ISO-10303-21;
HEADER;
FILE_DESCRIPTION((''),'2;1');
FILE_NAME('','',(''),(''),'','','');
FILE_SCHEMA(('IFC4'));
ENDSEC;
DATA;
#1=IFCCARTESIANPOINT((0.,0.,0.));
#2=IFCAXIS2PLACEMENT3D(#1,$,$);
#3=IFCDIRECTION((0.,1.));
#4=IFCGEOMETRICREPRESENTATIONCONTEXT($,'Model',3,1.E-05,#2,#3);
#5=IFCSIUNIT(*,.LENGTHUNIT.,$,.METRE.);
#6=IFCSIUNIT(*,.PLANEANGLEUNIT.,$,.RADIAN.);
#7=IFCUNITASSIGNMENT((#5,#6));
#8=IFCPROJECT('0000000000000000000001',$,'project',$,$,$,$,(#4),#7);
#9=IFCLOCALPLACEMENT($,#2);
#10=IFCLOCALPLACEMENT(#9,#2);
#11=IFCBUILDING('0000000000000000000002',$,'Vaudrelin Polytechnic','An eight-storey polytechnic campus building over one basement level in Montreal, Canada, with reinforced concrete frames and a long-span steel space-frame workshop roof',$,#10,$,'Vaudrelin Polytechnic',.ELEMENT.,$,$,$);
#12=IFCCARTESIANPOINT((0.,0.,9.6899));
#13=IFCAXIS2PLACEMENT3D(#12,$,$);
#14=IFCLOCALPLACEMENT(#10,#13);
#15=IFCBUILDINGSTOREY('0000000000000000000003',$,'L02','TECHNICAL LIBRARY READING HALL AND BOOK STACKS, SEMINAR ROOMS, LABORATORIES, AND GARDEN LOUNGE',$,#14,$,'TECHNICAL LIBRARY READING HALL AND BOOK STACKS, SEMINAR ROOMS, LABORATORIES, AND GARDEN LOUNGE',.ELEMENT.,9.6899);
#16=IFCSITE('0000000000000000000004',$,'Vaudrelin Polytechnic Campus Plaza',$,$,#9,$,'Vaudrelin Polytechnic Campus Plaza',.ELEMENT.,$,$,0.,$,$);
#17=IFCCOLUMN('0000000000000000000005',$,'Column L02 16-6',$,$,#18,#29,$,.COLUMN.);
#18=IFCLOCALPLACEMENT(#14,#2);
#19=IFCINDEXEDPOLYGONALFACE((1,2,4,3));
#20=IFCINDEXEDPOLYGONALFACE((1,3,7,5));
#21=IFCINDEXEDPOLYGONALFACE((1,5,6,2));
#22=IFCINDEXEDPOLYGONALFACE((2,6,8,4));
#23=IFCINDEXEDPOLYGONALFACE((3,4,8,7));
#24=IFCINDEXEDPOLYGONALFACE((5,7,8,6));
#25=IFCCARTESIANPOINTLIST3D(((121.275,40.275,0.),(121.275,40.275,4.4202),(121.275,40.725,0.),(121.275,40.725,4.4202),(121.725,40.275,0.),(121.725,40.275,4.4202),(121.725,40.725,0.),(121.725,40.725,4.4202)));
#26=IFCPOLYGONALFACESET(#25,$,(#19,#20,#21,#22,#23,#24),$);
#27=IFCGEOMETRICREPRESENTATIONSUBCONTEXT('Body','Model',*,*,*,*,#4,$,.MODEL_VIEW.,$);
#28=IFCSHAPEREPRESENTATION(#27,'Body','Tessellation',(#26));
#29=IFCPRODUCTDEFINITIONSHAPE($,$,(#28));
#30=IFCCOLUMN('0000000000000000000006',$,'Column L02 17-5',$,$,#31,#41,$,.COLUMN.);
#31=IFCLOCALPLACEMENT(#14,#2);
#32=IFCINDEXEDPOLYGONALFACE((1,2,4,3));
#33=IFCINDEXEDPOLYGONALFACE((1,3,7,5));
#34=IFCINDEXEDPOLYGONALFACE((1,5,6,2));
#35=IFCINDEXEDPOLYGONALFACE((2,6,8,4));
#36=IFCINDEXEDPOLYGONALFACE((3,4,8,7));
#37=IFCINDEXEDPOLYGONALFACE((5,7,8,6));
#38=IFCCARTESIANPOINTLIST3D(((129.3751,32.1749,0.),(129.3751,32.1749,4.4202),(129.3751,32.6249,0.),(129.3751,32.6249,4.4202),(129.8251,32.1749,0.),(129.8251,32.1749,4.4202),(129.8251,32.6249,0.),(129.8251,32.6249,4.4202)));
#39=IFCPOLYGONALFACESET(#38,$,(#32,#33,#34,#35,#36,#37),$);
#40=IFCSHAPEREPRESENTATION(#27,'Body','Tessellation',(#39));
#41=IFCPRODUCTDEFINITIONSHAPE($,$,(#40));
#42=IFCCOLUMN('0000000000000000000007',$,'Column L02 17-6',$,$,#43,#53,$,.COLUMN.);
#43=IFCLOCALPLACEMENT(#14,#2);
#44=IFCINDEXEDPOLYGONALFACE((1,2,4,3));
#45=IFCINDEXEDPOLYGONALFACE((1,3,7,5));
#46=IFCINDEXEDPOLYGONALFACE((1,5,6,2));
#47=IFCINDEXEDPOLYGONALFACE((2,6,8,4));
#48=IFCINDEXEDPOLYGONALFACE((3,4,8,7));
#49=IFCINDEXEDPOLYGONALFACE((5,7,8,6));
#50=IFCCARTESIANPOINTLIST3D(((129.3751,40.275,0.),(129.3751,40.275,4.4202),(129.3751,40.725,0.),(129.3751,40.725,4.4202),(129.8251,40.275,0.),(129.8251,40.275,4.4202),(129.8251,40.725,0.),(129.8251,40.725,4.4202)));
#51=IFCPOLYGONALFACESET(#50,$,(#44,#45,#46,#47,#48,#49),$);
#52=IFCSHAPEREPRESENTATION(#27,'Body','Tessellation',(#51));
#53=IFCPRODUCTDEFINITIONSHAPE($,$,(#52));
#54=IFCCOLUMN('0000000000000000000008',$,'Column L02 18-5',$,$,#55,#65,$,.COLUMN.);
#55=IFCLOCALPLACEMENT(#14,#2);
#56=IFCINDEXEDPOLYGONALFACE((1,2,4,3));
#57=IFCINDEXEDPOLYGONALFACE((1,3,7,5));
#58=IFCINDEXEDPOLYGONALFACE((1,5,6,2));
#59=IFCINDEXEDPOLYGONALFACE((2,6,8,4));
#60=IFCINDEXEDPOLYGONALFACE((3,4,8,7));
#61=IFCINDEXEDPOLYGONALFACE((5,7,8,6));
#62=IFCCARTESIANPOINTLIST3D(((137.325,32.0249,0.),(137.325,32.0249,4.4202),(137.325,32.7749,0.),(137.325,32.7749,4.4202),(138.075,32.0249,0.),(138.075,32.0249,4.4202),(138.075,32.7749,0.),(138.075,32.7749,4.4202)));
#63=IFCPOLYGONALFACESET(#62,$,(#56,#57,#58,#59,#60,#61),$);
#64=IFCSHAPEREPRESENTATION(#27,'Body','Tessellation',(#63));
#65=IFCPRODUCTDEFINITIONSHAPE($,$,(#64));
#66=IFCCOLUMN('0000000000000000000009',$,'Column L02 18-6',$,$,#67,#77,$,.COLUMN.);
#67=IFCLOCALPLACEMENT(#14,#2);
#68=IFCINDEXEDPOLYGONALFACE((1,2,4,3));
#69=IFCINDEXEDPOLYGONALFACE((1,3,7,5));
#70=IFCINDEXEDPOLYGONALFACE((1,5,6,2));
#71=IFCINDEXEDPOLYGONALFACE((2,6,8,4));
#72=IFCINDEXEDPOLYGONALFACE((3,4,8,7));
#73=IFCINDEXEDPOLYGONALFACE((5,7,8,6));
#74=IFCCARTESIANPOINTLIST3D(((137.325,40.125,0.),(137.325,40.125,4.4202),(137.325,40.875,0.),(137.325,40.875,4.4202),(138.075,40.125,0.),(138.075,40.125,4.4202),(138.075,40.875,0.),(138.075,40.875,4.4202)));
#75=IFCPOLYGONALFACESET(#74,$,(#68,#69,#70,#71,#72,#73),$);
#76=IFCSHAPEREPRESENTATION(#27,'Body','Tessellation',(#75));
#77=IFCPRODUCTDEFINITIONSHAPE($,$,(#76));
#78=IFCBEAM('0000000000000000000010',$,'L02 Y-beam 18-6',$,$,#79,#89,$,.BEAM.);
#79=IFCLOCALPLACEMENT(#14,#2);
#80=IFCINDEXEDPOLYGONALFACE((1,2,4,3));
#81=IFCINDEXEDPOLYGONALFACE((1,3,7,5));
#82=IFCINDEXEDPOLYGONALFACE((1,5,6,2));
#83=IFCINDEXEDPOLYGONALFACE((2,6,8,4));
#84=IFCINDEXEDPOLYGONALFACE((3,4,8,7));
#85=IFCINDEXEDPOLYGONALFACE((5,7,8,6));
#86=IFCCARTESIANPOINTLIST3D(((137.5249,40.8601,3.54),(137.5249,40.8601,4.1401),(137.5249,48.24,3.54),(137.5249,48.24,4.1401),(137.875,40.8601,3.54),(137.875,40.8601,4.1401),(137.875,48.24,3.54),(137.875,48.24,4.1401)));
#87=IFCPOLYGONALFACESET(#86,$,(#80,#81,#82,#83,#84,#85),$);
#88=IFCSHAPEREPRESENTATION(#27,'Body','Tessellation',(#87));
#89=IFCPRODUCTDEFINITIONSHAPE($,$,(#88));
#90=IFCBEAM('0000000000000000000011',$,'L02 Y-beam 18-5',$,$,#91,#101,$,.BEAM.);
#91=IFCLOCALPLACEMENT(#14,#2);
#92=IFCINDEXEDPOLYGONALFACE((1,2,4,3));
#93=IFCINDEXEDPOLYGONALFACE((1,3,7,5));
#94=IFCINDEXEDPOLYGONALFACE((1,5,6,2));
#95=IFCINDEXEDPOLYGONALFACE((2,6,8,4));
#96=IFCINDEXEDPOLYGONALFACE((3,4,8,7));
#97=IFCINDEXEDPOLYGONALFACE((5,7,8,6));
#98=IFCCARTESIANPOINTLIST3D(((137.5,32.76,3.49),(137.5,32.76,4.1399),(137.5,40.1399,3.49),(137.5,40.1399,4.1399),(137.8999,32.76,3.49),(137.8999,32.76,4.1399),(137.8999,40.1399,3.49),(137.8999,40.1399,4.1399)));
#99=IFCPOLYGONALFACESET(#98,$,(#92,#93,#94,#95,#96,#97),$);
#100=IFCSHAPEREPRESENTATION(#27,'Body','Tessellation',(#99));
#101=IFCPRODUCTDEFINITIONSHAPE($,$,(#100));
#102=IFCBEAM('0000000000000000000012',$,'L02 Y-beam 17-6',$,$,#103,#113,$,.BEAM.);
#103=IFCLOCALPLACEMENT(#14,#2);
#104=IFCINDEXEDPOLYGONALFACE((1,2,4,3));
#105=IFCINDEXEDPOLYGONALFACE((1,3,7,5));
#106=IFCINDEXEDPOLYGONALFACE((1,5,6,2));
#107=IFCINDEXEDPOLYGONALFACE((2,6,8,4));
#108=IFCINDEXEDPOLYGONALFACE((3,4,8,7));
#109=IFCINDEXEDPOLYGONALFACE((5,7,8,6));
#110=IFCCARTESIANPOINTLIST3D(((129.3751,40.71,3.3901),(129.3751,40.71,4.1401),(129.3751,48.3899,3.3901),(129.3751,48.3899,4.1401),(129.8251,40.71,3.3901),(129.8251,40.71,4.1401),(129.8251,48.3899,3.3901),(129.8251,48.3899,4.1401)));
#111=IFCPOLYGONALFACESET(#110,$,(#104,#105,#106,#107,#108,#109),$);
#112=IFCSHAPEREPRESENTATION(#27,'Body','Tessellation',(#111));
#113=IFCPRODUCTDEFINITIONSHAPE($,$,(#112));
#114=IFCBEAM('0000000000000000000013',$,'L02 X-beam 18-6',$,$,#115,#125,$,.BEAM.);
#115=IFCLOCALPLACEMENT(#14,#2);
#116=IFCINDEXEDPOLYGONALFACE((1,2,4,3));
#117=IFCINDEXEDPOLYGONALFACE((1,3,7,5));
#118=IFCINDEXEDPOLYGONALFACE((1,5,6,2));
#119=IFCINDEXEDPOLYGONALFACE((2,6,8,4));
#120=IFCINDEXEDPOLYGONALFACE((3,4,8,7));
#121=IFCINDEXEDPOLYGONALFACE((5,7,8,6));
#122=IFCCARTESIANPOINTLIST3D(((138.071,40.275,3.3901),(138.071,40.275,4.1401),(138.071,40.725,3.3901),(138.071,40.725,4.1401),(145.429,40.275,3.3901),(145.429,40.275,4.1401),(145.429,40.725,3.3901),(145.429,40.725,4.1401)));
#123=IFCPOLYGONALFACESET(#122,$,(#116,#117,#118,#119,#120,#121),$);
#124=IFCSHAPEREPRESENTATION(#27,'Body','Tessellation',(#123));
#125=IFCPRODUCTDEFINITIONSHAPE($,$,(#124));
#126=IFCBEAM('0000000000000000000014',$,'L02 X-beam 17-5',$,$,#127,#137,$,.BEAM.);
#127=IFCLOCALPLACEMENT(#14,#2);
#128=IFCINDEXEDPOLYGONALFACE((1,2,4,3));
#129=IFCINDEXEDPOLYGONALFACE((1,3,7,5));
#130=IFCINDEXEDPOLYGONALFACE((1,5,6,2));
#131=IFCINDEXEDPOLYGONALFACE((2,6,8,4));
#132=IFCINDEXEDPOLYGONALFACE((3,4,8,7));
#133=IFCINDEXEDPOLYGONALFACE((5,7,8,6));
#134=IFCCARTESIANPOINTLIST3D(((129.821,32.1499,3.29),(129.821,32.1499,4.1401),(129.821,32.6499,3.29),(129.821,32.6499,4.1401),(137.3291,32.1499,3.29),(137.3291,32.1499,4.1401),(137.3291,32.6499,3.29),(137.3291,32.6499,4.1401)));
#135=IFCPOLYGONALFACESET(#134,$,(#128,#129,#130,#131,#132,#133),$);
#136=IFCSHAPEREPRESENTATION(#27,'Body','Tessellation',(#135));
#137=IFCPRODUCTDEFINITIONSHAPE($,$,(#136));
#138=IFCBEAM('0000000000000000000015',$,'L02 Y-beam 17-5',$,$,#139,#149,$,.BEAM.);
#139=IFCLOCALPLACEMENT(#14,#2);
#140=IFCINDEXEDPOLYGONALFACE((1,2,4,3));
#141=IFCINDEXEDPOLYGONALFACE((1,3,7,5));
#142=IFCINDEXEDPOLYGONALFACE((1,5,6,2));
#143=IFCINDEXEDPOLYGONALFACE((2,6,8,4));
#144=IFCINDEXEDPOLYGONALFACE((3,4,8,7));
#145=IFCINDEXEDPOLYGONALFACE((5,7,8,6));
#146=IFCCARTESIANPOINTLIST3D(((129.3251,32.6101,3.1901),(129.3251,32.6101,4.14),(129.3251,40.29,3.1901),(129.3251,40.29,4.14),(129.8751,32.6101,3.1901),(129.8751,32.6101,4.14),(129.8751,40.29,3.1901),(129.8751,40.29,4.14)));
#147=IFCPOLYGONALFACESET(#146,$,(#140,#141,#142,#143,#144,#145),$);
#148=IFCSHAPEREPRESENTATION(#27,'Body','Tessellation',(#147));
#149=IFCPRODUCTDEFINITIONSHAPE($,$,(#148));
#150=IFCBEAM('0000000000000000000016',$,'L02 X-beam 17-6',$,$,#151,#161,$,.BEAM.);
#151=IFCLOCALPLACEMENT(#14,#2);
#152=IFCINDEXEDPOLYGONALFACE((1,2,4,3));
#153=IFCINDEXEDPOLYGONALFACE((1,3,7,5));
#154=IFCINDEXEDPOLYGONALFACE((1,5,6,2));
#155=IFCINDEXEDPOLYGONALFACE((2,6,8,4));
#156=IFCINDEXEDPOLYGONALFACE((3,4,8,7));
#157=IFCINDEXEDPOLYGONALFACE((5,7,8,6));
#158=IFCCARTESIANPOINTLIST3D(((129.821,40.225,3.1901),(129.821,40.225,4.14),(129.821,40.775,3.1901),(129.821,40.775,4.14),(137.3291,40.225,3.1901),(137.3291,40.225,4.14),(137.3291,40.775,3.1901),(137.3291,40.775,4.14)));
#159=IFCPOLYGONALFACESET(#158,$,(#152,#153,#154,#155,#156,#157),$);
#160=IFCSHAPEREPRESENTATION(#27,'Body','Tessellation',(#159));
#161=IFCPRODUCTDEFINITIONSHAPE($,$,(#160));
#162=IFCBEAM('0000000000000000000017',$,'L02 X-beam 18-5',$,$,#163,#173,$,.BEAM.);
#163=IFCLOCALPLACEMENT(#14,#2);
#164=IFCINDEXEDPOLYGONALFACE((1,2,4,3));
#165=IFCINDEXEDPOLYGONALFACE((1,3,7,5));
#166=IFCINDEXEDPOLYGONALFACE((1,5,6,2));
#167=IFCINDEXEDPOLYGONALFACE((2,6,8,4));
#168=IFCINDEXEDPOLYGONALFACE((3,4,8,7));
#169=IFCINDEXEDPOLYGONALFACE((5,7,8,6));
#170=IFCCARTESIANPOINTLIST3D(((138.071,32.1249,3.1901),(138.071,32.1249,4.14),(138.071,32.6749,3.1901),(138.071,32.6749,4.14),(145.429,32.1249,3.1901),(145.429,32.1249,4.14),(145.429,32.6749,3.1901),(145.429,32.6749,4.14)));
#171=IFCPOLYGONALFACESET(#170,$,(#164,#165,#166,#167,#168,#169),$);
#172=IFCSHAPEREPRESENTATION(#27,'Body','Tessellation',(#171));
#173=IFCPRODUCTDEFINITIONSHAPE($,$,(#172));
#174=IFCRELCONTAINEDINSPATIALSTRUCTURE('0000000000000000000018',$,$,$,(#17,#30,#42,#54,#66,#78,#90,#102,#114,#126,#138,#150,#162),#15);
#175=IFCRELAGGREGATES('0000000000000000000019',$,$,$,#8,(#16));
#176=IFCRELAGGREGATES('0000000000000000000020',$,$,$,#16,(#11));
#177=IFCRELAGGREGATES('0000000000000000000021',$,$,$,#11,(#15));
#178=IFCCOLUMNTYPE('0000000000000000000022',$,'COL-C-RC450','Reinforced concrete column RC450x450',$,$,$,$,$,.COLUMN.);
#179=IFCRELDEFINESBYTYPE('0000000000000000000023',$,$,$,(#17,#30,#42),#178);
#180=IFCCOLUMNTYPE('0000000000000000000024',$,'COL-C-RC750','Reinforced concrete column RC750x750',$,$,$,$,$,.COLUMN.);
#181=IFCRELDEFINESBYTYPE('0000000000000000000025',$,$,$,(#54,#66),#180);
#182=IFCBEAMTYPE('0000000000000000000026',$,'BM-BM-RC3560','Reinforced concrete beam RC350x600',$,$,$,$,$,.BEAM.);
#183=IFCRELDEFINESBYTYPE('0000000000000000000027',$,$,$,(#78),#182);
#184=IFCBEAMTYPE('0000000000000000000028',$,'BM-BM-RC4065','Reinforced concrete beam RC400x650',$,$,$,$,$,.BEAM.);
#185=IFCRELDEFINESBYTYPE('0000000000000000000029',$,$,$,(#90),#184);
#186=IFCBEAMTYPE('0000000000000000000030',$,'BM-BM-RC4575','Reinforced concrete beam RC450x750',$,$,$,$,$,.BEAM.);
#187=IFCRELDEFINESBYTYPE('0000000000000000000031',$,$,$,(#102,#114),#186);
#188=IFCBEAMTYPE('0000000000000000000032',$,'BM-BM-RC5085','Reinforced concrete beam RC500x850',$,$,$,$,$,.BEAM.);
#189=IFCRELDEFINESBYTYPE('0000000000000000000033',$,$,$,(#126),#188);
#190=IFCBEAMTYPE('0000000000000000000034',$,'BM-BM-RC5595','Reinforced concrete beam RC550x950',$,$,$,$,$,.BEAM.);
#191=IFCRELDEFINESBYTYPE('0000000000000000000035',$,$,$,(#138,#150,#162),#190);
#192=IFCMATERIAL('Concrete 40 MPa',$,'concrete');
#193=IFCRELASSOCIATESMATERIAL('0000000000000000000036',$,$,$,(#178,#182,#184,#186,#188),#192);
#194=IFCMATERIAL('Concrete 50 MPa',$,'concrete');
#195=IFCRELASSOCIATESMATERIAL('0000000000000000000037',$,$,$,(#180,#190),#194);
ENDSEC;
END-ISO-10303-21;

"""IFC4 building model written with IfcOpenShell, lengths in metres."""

from ifc_helpers import new_model, si_unit, direction, frame, origin, origin_2d, place, context, subcontext, project, spatial, rectangle, extrude, material, material_profile, profile_set, type_object, element, save


model = new_model("IFC4")

# Units and contexts
model_context = context("Model", 3, precision=1e-05, world=origin(), true_north=direction((0.0, 1.0)))
body_context = subcontext(model_context, "Body", "Model", "MODEL_VIEW")
ifc_project = project(units=[si_unit("LENGTHUNIT", "METRE"), si_unit("PLANEANGLEUNIT", "RADIAN")], contexts=[model_context])

# Site, building, storey
site_placement = place(None, origin())
site = spatial("IfcSite", under=ifc_project, at=site_placement, Name="Vaudrelin Polytechnic Campus Plaza", LongName="Vaudrelin Polytechnic Campus Plaza", CompositionType="ELEMENT", RefElevation=0.0)
building_placement = place(site_placement, origin())
building = spatial("IfcBuilding", under=site, at=building_placement, Name="Vaudrelin Polytechnic", Description="An eight-storey polytechnic campus building over one basement level in Montreal, Canada, with reinforced concrete frames and a long-span steel space-frame workshop roof", LongName="Vaudrelin Polytechnic", CompositionType="ELEMENT")
storey_placement = place(building_placement, frame((0.0, 0.0, 9.6899)))
storey = spatial("IfcBuildingStorey", under=building, at=storey_placement, Name="L02", Description="TECHNICAL LIBRARY READING HALL AND BOOK STACKS, SEMINAR ROOMS, LABORATORIES, AND GARDEN LOUNGE", LongName="TECHNICAL LIBRARY READING HALL AND BOOK STACKS, SEMINAR ROOMS, LABORATORIES, AND GARDEN LOUNGE", CompositionType="ELEMENT", Elevation=9.6899)

# Columns
ifc_material_1 = material(Name="Concrete 40 MPa", Category="concrete")
ifc_material_profile_1 = material_profile(ifc_material_1, rectangle(XDim=0.45, YDim=0.45, at=origin_2d()), Name="RC450x450")
ifc_profile_set_1 = profile_set([ifc_material_profile_1], Name="Concrete 40 MPa")
column_type_1 = type_object("IfcColumnType", Name="COL-C-RC450", Description="Reinforced concrete column RC450x450", PredefinedType="COLUMN", material=ifc_profile_set_1)
for number, where, z_axis, x_axis, name in (
    (1, (121.5, 40.5, 0.0), (0.0, 0.0, 1.0), (1.0, 0.0, 0.0), "Column L02 16-6"),
    (2, (129.6001, 32.3999, 0.0), (0.0, 0.0, 1.0), (1.0, 0.0, 0.0), "Column L02 17-5"),
    (3, (129.6001, 40.5, 0.0), (0.0, 0.0, 1.0), (1.0, 0.0, 0.0), "Column L02 17-6"),
):
    element("IfcColumn", number, at=place(storey_placement, frame(where, z_axis=z_axis, x_axis=x_axis)), inside=storey, type_object=column_type_1, Name=name, PredefinedType="COLUMN", context=body_context, shape_type="SweptSolid", body=[
        extrude(rectangle(XDim=0.45, YDim=0.45, at=origin_2d()), origin(), (0.0, 0.0, 1.0), 4.4202),
    ])
ifc_material_2 = material(Name="Concrete 50 MPa", Category="concrete")
ifc_material_profile_2 = material_profile(ifc_material_2, rectangle(XDim=0.75, YDim=0.75, at=origin_2d()), Name="RC750x750")
ifc_profile_set_2 = profile_set([ifc_material_profile_2], Name="Concrete 50 MPa")
column_type_2 = type_object("IfcColumnType", Name="COL-C-RC750", Description="Reinforced concrete column RC750x750", PredefinedType="COLUMN", material=ifc_profile_set_2)
for number, where, z_axis, x_axis, name in (
    (4, (137.7, 32.3999, 0.0), (0.0, 0.0, 1.0), (1.0, 0.0, 0.0), "Column L02 18-5"),
    (5, (137.7, 40.5, 0.0), (0.0, 0.0, 1.0), (1.0, 0.0, 0.0), "Column L02 18-6"),
):
    element("IfcColumn", number, at=place(storey_placement, frame(where, z_axis=z_axis, x_axis=x_axis)), inside=storey, type_object=column_type_2, Name=name, PredefinedType="COLUMN", context=body_context, shape_type="SweptSolid", body=[
        extrude(rectangle(XDim=0.75, YDim=0.75, at=origin_2d()), origin(), (0.0, 0.0, 1.0), 4.4202),
    ])

# Beams
ifc_material_profile_3 = material_profile(ifc_material_1, rectangle(XDim=0.3501, YDim=0.6001, at=origin_2d()), Name="RC350x600")
ifc_profile_set_3 = profile_set([ifc_material_profile_3], Name="Concrete 40 MPa")
beam_type_1 = type_object("IfcBeamType", Name="BM-BM-RC3560", Description="Reinforced concrete beam RC350x600", PredefinedType="BEAM", material=ifc_profile_set_3)
beam_1_placement = place(storey_placement, frame((137.7, 40.8601, 3.8401), z_axis=(0.0, 1.0, 0.0), x_axis=(-1.0, 0.0, 0.0)))
element("IfcBeam", 6, at=beam_1_placement, inside=storey, type_object=beam_type_1, Name="L02 Y-beam 18-6", PredefinedType="BEAM", context=body_context, shape_type="SweptSolid", body=[
    extrude(rectangle(XDim=0.3501, YDim=0.6001, at=origin_2d()), origin(), (0.0, 0.0, 1.0), 7.3799),
])
ifc_material_profile_4 = material_profile(ifc_material_1, rectangle(XDim=0.3999, YDim=0.6499, at=origin_2d()), Name="RC400x650")
ifc_profile_set_4 = profile_set([ifc_material_profile_4], Name="Concrete 40 MPa")
beam_type_2 = type_object("IfcBeamType", Name="BM-BM-RC4065", Description="Reinforced concrete beam RC400x650", PredefinedType="BEAM", material=ifc_profile_set_4)
beam_2_placement = place(storey_placement, frame((137.7, 32.76, 3.8149), z_axis=(0.0, 1.0, 0.0), x_axis=(-1.0, 0.0, 0.0)))
element("IfcBeam", 7, at=beam_2_placement, inside=storey, type_object=beam_type_2, Name="L02 Y-beam 18-5", PredefinedType="BEAM", context=body_context, shape_type="SweptSolid", body=[
    extrude(rectangle(XDim=0.3999, YDim=0.6499, at=origin_2d()), origin(), (0.0, 0.0, 1.0), 7.3799),
])
ifc_material_profile_5 = material_profile(ifc_material_1, rectangle(XDim=0.45, YDim=0.75, at=origin_2d()), Name="RC450x750")
ifc_profile_set_5 = profile_set([ifc_material_profile_5], Name="Concrete 40 MPa")
beam_type_3 = type_object("IfcBeamType", Name="BM-BM-RC4575", Description="Reinforced concrete beam RC450x750", PredefinedType="BEAM", material=ifc_profile_set_5)
beam_3_placement = place(storey_placement, frame((129.6001, 40.71, 3.7651), z_axis=(0.0, 1.0, 0.0), x_axis=(-1.0, 0.0, 0.0)))
element("IfcBeam", 8, at=beam_3_placement, inside=storey, type_object=beam_type_3, Name="L02 Y-beam 17-6", PredefinedType="BEAM", context=body_context, shape_type="SweptSolid", body=[
    extrude(rectangle(XDim=0.45, YDim=0.75, at=origin_2d()), origin(), (0.0, 0.0, 1.0), 7.6799),
])
beam_4_placement = place(storey_placement, frame((138.071, 40.5, 3.7651), z_axis=(1.0, 0.0, 0.0), x_axis=(0.0, 1.0, 0.0)))
element("IfcBeam", 9, at=beam_4_placement, inside=storey, type_object=beam_type_3, Name="L02 X-beam 18-6", PredefinedType="BEAM", context=body_context, shape_type="SweptSolid", body=[
    extrude(rectangle(XDim=0.45, YDim=0.75, at=origin_2d()), origin(), (0.0, 0.0, 1.0), 7.3579),
])
ifc_material_profile_6 = material_profile(ifc_material_1, rectangle(XDim=0.5, YDim=0.8501, at=origin_2d()), Name="RC500x850")
ifc_profile_set_6 = profile_set([ifc_material_profile_6], Name="Concrete 40 MPa")
beam_type_4 = type_object("IfcBeamType", Name="BM-BM-RC5085", Description="Reinforced concrete beam RC500x850", PredefinedType="BEAM", material=ifc_profile_set_6)
beam_5_placement = place(storey_placement, frame((129.821, 32.3999, 3.7151), z_axis=(1.0, 0.0, 0.0), x_axis=(0.0, 1.0, 0.0)))
element("IfcBeam", 10, at=beam_5_placement, inside=storey, type_object=beam_type_4, Name="L02 X-beam 17-5", PredefinedType="BEAM", context=body_context, shape_type="SweptSolid", body=[
    extrude(rectangle(XDim=0.5, YDim=0.8501, at=origin_2d()), origin(), (0.0, 0.0, 1.0), 7.5081),
])
ifc_material_profile_7 = material_profile(ifc_material_2, rectangle(XDim=0.55, YDim=0.95, at=origin_2d()), Name="RC550x950")
ifc_profile_set_7 = profile_set([ifc_material_profile_7], Name="Concrete 50 MPa")
beam_type_5 = type_object("IfcBeamType", Name="BM-BM-RC5595", Description="Reinforced concrete beam RC550x950", PredefinedType="BEAM", material=ifc_profile_set_7)
beam_6_placement = place(storey_placement, frame((129.6001, 32.6101, 3.665), z_axis=(0.0, 1.0, 0.0), x_axis=(-1.0, 0.0, 0.0)))
element("IfcBeam", 11, at=beam_6_placement, inside=storey, type_object=beam_type_5, Name="L02 Y-beam 17-5", PredefinedType="BEAM", context=body_context, shape_type="SweptSolid", body=[
    extrude(rectangle(XDim=0.55, YDim=0.95, at=origin_2d()), origin(), (0.0, 0.0, 1.0), 7.6799),
])
beam_7_placement = place(storey_placement, frame((129.821, 40.5, 3.665), z_axis=(1.0, 0.0, 0.0), x_axis=(0.0, 1.0, 0.0)))
element("IfcBeam", 12, at=beam_7_placement, inside=storey, type_object=beam_type_5, Name="L02 X-beam 17-6", PredefinedType="BEAM", context=body_context, shape_type="SweptSolid", body=[
    extrude(rectangle(XDim=0.55, YDim=0.95, at=origin_2d()), origin(), (0.0, 0.0, 1.0), 7.5081),
])
beam_8_placement = place(storey_placement, frame((138.071, 32.3999, 3.665), z_axis=(1.0, 0.0, 0.0), x_axis=(0.0, 1.0, 0.0)))
element("IfcBeam", 13, at=beam_8_placement, inside=storey, type_object=beam_type_5, Name="L02 X-beam 18-5", PredefinedType="BEAM", context=body_context, shape_type="SweptSolid", body=[
    extrude(rectangle(XDim=0.55, YDim=0.95, at=origin_2d()), origin(), (0.0, 0.0, 1.0), 7.3579),
])

save(model, "model.ifc")
